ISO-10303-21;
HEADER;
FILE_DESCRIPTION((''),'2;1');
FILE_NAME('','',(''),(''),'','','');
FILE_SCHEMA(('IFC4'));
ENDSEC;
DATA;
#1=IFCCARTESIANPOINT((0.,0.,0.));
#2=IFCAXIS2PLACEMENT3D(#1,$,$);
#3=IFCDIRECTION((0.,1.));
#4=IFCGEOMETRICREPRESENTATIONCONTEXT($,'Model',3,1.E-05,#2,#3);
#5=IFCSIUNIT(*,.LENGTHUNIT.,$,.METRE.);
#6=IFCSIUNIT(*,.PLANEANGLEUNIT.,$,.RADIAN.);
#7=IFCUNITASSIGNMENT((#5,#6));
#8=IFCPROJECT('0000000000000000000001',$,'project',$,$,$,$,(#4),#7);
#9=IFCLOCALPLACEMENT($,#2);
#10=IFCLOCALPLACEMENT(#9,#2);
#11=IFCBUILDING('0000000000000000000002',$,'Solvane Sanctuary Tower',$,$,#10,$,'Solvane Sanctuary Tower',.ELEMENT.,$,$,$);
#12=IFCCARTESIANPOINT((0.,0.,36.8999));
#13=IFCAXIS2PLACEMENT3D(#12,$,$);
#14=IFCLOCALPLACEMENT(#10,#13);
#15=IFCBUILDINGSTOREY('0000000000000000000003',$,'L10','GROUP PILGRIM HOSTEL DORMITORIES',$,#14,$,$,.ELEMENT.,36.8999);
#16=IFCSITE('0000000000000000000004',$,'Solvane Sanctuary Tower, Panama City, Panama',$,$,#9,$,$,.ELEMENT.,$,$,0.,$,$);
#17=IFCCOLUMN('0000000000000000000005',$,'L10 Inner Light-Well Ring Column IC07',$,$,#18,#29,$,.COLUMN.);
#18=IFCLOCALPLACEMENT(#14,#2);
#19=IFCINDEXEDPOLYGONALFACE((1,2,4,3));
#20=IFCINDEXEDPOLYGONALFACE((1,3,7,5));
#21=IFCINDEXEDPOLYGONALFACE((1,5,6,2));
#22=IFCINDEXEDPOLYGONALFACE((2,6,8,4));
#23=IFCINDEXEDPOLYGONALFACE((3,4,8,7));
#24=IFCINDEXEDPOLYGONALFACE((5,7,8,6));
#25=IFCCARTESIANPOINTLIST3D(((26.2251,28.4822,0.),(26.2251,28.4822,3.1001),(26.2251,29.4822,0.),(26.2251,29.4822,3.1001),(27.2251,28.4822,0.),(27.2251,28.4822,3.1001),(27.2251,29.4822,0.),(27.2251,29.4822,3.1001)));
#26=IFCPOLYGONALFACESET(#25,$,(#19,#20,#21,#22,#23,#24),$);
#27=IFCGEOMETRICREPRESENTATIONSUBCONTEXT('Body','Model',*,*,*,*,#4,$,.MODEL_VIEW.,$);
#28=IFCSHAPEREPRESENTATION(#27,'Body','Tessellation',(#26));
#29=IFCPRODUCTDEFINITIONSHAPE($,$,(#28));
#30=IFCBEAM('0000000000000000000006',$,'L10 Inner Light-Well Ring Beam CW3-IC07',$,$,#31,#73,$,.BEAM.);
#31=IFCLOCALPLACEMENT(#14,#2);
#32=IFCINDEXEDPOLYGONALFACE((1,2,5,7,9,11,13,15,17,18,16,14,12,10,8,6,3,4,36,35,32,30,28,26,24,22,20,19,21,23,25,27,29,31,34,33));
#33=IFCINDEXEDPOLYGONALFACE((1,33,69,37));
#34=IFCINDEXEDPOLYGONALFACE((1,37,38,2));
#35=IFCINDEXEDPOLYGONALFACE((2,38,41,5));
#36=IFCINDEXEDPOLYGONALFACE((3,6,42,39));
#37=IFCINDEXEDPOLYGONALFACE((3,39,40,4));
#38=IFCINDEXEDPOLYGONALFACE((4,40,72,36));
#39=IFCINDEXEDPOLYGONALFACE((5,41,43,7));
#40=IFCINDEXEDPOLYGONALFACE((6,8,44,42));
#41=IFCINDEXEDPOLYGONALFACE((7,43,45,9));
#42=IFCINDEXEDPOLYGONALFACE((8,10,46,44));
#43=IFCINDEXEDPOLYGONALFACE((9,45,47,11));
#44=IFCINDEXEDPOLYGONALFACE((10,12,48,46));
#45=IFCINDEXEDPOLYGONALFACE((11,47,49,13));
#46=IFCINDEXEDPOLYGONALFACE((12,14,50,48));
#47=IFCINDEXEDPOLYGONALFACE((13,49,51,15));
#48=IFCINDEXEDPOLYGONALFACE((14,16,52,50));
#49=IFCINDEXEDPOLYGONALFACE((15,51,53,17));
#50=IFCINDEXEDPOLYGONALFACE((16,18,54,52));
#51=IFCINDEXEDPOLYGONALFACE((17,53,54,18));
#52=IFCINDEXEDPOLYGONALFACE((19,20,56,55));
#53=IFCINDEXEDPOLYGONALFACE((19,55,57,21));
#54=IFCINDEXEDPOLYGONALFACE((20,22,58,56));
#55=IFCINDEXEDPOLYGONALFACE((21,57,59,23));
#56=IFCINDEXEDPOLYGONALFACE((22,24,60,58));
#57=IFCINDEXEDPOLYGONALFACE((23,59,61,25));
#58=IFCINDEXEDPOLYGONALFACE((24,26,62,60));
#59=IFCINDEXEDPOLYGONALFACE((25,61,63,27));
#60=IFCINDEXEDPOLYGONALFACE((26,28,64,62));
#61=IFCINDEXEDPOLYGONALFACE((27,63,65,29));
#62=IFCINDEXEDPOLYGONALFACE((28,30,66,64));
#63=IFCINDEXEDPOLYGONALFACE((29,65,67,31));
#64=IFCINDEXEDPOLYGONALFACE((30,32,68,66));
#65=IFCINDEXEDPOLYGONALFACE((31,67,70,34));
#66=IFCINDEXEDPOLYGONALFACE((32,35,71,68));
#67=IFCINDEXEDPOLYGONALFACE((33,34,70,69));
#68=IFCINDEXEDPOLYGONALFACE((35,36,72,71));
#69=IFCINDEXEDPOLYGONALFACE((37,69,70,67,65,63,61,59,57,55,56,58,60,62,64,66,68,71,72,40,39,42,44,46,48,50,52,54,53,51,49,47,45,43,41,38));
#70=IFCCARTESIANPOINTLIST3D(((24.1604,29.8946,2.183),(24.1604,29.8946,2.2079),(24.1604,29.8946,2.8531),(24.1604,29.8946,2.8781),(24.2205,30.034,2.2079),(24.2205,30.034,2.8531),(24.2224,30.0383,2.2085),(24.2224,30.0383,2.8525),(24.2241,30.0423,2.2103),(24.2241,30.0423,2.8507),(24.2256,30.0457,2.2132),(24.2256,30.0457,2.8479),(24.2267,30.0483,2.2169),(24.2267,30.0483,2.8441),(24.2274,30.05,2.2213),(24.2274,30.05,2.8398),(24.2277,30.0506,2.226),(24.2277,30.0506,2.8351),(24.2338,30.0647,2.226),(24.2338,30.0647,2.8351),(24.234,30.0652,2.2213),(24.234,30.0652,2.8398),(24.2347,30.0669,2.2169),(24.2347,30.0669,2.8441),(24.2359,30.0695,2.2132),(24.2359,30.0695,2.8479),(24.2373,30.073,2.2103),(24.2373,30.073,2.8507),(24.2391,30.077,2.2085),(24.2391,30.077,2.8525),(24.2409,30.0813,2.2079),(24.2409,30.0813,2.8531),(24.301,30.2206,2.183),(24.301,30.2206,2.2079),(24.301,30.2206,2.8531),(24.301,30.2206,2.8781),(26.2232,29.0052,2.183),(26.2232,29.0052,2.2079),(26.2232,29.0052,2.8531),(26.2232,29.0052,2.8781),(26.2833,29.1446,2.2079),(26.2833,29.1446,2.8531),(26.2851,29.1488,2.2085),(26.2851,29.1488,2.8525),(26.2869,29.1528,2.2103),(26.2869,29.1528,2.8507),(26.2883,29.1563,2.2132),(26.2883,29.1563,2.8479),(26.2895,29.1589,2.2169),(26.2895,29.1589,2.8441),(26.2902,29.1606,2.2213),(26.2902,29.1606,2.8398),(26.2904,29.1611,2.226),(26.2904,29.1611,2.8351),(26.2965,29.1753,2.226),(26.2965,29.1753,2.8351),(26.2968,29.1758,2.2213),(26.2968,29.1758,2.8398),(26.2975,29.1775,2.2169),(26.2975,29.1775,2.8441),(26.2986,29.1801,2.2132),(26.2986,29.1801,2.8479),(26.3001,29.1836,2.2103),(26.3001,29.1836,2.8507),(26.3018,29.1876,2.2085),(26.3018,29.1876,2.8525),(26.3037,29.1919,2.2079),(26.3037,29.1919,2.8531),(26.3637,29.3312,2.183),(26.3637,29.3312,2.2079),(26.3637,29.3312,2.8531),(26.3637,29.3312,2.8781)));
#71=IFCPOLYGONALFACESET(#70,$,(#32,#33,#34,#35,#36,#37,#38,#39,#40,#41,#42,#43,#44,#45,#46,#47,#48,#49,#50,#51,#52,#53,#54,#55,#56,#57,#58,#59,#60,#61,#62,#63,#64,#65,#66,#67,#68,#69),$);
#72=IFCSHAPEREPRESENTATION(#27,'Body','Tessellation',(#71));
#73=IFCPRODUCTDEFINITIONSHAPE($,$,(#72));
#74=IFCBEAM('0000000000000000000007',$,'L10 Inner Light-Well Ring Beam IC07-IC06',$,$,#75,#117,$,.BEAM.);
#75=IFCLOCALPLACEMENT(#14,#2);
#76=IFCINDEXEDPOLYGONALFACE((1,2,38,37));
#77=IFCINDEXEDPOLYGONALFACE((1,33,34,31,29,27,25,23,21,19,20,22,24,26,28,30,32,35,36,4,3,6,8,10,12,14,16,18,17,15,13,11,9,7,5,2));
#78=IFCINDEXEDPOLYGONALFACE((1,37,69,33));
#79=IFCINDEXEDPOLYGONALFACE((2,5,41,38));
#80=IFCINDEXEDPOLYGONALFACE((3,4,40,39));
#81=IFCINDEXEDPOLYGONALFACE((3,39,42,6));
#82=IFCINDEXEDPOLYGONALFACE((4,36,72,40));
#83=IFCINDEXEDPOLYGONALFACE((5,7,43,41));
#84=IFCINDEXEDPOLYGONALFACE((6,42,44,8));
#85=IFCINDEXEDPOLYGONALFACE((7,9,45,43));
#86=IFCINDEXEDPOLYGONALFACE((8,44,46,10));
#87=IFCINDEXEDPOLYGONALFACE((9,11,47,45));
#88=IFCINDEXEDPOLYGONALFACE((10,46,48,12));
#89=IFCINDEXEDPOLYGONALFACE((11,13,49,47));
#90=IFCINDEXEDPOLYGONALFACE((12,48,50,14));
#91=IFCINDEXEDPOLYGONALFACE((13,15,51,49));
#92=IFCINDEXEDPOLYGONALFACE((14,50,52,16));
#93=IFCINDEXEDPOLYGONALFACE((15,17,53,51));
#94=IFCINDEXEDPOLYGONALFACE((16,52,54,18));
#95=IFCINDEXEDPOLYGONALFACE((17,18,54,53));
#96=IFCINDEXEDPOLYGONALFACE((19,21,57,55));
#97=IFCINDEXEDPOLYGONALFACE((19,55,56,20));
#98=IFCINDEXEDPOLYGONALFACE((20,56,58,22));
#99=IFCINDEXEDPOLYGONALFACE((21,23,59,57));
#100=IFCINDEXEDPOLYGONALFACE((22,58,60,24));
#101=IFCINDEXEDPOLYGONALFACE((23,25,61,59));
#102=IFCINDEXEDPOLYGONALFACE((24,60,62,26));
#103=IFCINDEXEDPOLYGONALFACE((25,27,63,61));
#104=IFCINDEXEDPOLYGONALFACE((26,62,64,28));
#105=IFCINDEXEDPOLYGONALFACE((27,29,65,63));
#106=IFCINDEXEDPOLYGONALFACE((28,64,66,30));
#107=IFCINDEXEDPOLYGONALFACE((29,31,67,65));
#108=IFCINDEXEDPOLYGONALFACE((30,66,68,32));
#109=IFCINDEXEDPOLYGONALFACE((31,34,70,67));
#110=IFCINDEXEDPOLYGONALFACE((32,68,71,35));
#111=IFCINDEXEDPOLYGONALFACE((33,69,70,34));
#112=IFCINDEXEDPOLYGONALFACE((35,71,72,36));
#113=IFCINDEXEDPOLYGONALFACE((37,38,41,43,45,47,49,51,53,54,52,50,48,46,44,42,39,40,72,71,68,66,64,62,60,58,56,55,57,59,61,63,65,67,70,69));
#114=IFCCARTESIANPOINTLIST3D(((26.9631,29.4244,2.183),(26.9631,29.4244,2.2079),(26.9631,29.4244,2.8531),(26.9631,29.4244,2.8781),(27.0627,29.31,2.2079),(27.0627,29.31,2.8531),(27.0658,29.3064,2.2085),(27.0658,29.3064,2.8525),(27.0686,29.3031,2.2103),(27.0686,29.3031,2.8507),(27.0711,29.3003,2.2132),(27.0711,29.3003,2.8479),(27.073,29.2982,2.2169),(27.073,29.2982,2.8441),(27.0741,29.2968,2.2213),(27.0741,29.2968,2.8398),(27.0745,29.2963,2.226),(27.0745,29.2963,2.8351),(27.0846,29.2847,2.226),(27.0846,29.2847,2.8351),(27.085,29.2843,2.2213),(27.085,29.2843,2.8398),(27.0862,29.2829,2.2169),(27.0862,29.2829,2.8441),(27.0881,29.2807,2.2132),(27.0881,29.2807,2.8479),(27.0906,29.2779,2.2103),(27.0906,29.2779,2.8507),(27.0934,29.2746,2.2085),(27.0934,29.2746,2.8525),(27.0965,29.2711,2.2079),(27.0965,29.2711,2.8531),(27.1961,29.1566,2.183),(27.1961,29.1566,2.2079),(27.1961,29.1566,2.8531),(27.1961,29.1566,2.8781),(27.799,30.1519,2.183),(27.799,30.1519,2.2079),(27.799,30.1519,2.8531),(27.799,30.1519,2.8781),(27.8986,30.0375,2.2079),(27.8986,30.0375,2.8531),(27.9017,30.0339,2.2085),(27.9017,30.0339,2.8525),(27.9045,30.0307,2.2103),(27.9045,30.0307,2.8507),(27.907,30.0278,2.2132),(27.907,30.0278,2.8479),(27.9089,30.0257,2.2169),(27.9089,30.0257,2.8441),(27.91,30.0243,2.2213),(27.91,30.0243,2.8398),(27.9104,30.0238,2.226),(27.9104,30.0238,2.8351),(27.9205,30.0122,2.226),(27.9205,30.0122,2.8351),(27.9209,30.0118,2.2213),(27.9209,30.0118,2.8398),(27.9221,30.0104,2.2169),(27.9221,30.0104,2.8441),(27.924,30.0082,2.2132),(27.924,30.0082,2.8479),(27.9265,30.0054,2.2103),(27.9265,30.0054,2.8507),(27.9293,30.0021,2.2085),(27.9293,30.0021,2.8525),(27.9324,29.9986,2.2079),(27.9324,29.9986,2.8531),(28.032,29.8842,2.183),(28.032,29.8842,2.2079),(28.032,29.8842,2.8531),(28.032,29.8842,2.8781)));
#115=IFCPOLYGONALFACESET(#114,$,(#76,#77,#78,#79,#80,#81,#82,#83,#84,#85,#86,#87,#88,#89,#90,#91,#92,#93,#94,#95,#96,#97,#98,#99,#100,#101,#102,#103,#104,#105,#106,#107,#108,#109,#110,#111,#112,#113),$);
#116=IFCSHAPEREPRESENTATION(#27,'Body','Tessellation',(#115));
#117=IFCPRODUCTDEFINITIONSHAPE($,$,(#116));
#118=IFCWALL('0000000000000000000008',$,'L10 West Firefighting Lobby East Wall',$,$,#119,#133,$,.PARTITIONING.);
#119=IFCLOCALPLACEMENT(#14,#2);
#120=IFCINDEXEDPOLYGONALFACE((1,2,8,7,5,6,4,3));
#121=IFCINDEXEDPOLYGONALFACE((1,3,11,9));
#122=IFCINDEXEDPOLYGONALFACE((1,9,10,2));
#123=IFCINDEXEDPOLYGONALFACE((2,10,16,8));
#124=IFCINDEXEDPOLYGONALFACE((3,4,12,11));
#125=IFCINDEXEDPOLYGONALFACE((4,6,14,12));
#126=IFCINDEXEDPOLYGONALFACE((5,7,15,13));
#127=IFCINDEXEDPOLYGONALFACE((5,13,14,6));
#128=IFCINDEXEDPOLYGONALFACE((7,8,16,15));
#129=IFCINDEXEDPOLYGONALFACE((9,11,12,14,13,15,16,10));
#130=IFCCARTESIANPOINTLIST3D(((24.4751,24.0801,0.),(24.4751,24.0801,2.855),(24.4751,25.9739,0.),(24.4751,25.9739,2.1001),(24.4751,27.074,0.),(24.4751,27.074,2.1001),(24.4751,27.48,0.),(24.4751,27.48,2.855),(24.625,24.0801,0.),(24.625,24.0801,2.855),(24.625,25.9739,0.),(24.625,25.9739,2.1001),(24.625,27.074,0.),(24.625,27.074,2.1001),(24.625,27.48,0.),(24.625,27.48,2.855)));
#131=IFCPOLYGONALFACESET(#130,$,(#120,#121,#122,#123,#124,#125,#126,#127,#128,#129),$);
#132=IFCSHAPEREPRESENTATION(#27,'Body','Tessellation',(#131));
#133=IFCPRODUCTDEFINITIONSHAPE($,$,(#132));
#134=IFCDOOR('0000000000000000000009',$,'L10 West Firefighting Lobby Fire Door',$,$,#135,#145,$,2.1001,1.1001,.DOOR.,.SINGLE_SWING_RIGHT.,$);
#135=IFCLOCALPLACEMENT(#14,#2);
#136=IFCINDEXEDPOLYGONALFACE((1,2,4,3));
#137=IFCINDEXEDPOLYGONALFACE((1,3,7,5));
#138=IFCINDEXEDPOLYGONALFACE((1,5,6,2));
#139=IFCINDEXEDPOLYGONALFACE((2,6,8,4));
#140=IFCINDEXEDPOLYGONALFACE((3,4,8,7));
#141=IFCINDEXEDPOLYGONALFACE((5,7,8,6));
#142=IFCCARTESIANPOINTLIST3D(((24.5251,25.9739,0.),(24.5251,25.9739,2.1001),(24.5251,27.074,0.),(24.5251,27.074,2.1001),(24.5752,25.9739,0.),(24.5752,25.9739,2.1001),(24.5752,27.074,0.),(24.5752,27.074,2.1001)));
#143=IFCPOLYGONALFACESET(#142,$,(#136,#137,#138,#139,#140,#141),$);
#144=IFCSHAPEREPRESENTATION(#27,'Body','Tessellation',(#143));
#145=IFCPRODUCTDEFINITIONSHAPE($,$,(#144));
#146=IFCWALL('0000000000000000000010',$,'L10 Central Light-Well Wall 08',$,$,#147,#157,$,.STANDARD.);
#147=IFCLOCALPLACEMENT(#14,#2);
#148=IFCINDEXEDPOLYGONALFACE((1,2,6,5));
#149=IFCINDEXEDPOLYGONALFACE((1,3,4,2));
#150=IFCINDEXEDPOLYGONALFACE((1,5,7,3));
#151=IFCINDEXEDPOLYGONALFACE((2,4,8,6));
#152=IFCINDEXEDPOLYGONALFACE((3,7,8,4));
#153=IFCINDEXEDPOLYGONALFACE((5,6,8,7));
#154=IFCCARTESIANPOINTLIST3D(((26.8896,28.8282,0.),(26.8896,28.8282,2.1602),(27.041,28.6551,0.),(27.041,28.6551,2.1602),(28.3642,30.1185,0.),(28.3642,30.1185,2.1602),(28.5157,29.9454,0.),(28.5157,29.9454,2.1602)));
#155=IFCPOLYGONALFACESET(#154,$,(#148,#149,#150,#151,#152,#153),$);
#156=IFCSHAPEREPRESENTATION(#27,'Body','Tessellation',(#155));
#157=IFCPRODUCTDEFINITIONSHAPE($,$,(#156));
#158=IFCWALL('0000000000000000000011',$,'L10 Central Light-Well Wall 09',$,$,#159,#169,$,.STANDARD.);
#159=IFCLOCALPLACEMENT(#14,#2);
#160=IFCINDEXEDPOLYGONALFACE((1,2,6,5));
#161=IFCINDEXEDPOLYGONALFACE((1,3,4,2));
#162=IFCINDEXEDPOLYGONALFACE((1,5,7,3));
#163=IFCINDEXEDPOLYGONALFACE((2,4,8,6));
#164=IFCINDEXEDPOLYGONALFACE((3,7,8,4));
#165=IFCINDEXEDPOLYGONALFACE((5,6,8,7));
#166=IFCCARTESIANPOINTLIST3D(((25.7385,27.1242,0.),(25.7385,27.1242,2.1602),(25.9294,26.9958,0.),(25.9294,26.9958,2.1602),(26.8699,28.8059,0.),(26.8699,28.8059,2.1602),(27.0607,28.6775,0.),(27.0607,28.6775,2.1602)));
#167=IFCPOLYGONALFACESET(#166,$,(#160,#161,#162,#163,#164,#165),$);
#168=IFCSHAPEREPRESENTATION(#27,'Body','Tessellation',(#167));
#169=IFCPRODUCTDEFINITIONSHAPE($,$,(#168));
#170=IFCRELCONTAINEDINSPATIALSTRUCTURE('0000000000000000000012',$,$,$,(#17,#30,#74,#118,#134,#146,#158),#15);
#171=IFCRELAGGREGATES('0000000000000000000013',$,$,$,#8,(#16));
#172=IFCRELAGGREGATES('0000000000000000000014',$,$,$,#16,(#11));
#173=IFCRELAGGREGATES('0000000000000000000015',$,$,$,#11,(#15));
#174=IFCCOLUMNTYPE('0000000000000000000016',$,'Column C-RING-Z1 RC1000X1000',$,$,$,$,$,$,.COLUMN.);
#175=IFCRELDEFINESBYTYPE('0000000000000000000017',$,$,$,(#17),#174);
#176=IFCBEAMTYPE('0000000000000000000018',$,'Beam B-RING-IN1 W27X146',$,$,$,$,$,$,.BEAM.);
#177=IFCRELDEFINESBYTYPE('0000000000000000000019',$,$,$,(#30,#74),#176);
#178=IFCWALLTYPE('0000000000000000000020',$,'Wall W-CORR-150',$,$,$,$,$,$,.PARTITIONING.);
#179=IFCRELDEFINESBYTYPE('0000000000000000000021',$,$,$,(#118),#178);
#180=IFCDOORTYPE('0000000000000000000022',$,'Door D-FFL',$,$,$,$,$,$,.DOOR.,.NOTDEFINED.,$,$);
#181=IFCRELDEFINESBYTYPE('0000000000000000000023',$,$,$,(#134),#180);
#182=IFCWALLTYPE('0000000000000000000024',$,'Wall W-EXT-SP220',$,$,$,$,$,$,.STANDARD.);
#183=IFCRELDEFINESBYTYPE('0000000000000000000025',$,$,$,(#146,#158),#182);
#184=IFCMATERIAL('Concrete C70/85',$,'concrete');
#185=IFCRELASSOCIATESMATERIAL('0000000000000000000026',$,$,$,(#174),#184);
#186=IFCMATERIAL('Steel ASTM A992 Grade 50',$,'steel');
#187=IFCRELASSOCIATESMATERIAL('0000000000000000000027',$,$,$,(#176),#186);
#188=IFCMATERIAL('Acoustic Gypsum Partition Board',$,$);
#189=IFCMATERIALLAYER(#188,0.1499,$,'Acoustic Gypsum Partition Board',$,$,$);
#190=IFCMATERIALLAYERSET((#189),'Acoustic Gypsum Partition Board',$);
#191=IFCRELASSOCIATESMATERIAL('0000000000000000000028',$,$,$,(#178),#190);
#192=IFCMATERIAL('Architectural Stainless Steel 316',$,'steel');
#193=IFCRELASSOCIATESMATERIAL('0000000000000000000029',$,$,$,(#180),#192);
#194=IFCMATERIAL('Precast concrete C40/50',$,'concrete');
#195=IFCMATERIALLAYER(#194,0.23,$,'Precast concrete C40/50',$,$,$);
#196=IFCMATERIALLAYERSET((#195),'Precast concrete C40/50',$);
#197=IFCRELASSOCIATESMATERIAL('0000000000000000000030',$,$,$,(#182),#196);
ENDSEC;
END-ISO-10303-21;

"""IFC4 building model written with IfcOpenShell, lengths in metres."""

from ifc_helpers import new_model, si_unit, direction, frame, frame_2d, origin, origin_2d, place, context, subcontext, project, spatial, rectangle, i_section, extrude, material, layer, layer_set, material_profile, profile_set, type_object, element, fill, save


model = new_model("IFC4")

# Units and contexts
model_context = context("Model", 3, precision=1e-05, world=origin(), true_north=direction((0.0, 1.0)))
body_context = subcontext(model_context, "Body", "Model", "MODEL_VIEW")
ifc_project = project(units=[si_unit("LENGTHUNIT", "METRE"), si_unit("PLANEANGLEUNIT", "RADIAN")], contexts=[model_context])

# Site, building, storey
site_placement = place(None, origin())
site = spatial("IfcSite", under=ifc_project, at=site_placement, Name="Solvane Sanctuary Tower, Panama City, Panama", CompositionType="ELEMENT", RefElevation=0.0)
building_placement = place(site_placement, origin())
building = spatial("IfcBuilding", under=site, at=building_placement, Name="Solvane Sanctuary Tower", LongName="Solvane Sanctuary Tower", CompositionType="ELEMENT")
storey_placement = place(building_placement, frame((0.0, 0.0, 36.8999)))
storey = spatial("IfcBuildingStorey", under=building, at=storey_placement, Name="L10", Description="GROUP PILGRIM HOSTEL DORMITORIES", CompositionType="ELEMENT", Elevation=36.8999)

# Column
ifc_material_1 = material(Name="Concrete C70/85", Category="concrete")
ifc_material_profile_1 = material_profile(ifc_material_1, rectangle(XDim=1.0, YDim=1.0, at=origin_2d()), Name="RC1000X1000")
ifc_profile_set_1 = profile_set([ifc_material_profile_1], Name="Concrete C70/85")
column_type = type_object("IfcColumnType", Name="Column C-RING-Z1 RC1000X1000", PredefinedType="COLUMN", material=ifc_profile_set_1)
column_placement = place(storey_placement, frame((26.7251, 28.9822, 0.0), z_axis=(0.0, 0.0, 1.0), x_axis=(1.0, 0.0, 0.0)))
element("IfcColumn", 1, at=column_placement, inside=storey, type_object=column_type, Name="L10 Inner Light-Well Ring Column IC07", PredefinedType="COLUMN", context=body_context, shape_type="SweptSolid", body=[
    extrude(rectangle(XDim=1.0, YDim=1.0, at=origin_2d()), origin(), (0.0, 0.0, 1.0), 3.1001),
])

# Beams
ifc_material_2 = material(Name="Steel ASTM A992 Grade 50", Category="steel")
ifc_material_profile_2 = material_profile(ifc_material_2, i_section(OverallWidth=0.355, OverallDepth=0.6951, WebThickness=0.0154, FlangeThickness=0.0249, FilletRadius=0.0181, at=origin_2d()), Name="W27X146")
ifc_profile_set_2 = profile_set([ifc_material_profile_2], Name="Steel ASTM A992 Grade 50")
beam_type = type_object("IfcBeamType", Name="Beam B-RING-IN1 W27X146", PredefinedType="BEAM", material=ifc_profile_set_2)
beam_1_placement = place(storey_placement, frame((24.2307, 30.0576, 2.5305), z_axis=(0.918277, -0.395938, 0.0), x_axis=(0.395938, 0.918277, 0.0)))
element("IfcBeam", 2, at=beam_1_placement, inside=storey, type_object=beam_type, Name="L10 Inner Light-Well Ring Beam CW3-IC07", PredefinedType="BEAM", context=body_context, shape_type="SweptSolid", body=[
    extrude(i_section(OverallWidth=0.355, OverallDepth=0.6951, WebThickness=0.0154, FlangeThickness=0.0249, FilletRadius=0.0181, at=origin_2d()), origin(), (0.0, 0.0, 1.0), 2.2463),
])
beam_2_placement = place(storey_placement, frame((27.0796, 29.2905, 2.5305), z_axis=(0.754321, 0.656506, 0.0), x_axis=(-0.656506, 0.754321, 0.0)))
element("IfcBeam", 3, at=beam_2_placement, inside=storey, type_object=beam_type, Name="L10 Inner Light-Well Ring Beam IC07-IC06", PredefinedType="BEAM", context=body_context, shape_type="SweptSolid", body=[
    extrude(i_section(OverallWidth=0.355, OverallDepth=0.6951, WebThickness=0.0154, FlangeThickness=0.0249, FilletRadius=0.0181, at=origin_2d()), origin(), (0.0, 0.0, 1.0), 1.1082),
])

# Wall, opening, door
ifc_material_3 = material(Name="Acoustic Gypsum Partition Board")
ifc_layer_1 = layer(ifc_material_3, 0.1499, Name="Acoustic Gypsum Partition Board")
ifc_layer_set_1 = layer_set([ifc_layer_1], Name="Acoustic Gypsum Partition Board")
wall_type_1 = type_object("IfcWallType", Name="Wall W-CORR-150", PredefinedType="PARTITIONING", material=ifc_layer_set_1)
wall_1_placement = place(storey_placement, frame((24.55, 24.0801, 0.0), z_axis=(0.0, 0.0, 1.0), x_axis=(0.0, 1.0, 0.0)))
wall_1 = element("IfcWall", 4, at=wall_1_placement, inside=storey, type_object=wall_type_1, Name="L10 West Firefighting Lobby East Wall", PredefinedType="PARTITIONING", context=body_context, shape_type="SweptSolid", body=[
    extrude(rectangle(XDim=3.3999, YDim=0.1499, at=frame_2d((1.7, 0.0))), origin(), (0.0, 0.0, 1.0), 2.855),
])
opening_1_placement = place(wall_1_placement, frame((1.8938, 0.0, 0.0)))
opening_1 = element("IfcOpeningElement", 5, at=opening_1_placement, cuts=wall_1, PredefinedType="OPENING", context=body_context, shape_type="SweptSolid", body=[
    extrude(rectangle(XDim=1.1001, YDim=2.1001, at=frame_2d((0.55, 1.05))), frame((0.0, 0.085, 0.0), z_axis=(0.0, -1.0, 0.0), x_axis=(1.0, 0.0, 0.0)), (0.0, 0.0, 1.0), 0.1699),
])
ifc_material_4 = material(Name="Architectural Stainless Steel 316", Category="steel")
door_type_1 = type_object("IfcDoorType", Name="Door D-FFL", OperationType="NOTDEFINED", PredefinedType="DOOR", material=ifc_material_4)
door_1_placement = place(opening_1_placement, origin())
door_1 = element("IfcDoor", 6, at=door_1_placement, inside=storey, type_object=door_type_1, Name="L10 West Firefighting Lobby Fire Door", OperationType="SINGLE_SWING_RIGHT", OverallHeight=2.1001, OverallWidth=1.1001, PredefinedType="DOOR", context=body_context, shape_type="SweptSolid", body=[
    extrude(rectangle(XDim=1.1001, YDim=2.1001, at=frame_2d((0.55, 1.05))), frame((0.0, 0.0249, 0.0), z_axis=(0.0, -1.0, 0.0), x_axis=(1.0, 0.0, 0.0)), (0.0, 0.0, 1.0), 0.05),
])
fill(opening_1, door_1)

# Walls
ifc_material_5 = material(Name="Precast concrete C40/50", Category="concrete")
ifc_layer_2 = layer(ifc_material_5, 0.23, Name="Precast concrete C40/50")
ifc_layer_set_2 = layer_set([ifc_layer_2], Name="Precast concrete C40/50")
wall_type_2 = type_object("IfcWallType", Name="Wall W-EXT-SP220", PredefinedType="STANDARD", material=ifc_layer_set_2)
wall_2_placement = place(storey_placement, frame((28.4399, 30.032, 0.0), z_axis=(0.0, 0.0, 1.0), x_axis=(-0.752577, -0.658505, 0.0)))
element("IfcWall", 7, at=wall_2_placement, inside=storey, type_object=wall_type_2, Name="L10 Central Light-Well Wall 08", PredefinedType="STANDARD", context=body_context, shape_type="SweptSolid", body=[
    extrude(rectangle(XDim=1.9595, YDim=0.23, at=frame_2d((0.9797, 0.0))), origin(), (0.0, 0.0, 1.0), 2.1602),
])
wall_3_placement = place(storey_placement, frame((26.9653, 28.7417, 0.0), z_axis=(0.0, 0.0, 1.0), x_axis=(-0.558198, -0.829708, 0.0)))
element("IfcWall", 8, at=wall_3_placement, inside=storey, type_object=wall_type_2, Name="L10 Central Light-Well Wall 09", PredefinedType="STANDARD", context=body_context, shape_type="SweptSolid", body=[
    extrude(rectangle(XDim=2.0269, YDim=0.23, at=frame_2d((1.0134, 0.0))), origin(), (0.0, 0.0, 1.0), 2.1602),
])

save(model, "model.ifc")
